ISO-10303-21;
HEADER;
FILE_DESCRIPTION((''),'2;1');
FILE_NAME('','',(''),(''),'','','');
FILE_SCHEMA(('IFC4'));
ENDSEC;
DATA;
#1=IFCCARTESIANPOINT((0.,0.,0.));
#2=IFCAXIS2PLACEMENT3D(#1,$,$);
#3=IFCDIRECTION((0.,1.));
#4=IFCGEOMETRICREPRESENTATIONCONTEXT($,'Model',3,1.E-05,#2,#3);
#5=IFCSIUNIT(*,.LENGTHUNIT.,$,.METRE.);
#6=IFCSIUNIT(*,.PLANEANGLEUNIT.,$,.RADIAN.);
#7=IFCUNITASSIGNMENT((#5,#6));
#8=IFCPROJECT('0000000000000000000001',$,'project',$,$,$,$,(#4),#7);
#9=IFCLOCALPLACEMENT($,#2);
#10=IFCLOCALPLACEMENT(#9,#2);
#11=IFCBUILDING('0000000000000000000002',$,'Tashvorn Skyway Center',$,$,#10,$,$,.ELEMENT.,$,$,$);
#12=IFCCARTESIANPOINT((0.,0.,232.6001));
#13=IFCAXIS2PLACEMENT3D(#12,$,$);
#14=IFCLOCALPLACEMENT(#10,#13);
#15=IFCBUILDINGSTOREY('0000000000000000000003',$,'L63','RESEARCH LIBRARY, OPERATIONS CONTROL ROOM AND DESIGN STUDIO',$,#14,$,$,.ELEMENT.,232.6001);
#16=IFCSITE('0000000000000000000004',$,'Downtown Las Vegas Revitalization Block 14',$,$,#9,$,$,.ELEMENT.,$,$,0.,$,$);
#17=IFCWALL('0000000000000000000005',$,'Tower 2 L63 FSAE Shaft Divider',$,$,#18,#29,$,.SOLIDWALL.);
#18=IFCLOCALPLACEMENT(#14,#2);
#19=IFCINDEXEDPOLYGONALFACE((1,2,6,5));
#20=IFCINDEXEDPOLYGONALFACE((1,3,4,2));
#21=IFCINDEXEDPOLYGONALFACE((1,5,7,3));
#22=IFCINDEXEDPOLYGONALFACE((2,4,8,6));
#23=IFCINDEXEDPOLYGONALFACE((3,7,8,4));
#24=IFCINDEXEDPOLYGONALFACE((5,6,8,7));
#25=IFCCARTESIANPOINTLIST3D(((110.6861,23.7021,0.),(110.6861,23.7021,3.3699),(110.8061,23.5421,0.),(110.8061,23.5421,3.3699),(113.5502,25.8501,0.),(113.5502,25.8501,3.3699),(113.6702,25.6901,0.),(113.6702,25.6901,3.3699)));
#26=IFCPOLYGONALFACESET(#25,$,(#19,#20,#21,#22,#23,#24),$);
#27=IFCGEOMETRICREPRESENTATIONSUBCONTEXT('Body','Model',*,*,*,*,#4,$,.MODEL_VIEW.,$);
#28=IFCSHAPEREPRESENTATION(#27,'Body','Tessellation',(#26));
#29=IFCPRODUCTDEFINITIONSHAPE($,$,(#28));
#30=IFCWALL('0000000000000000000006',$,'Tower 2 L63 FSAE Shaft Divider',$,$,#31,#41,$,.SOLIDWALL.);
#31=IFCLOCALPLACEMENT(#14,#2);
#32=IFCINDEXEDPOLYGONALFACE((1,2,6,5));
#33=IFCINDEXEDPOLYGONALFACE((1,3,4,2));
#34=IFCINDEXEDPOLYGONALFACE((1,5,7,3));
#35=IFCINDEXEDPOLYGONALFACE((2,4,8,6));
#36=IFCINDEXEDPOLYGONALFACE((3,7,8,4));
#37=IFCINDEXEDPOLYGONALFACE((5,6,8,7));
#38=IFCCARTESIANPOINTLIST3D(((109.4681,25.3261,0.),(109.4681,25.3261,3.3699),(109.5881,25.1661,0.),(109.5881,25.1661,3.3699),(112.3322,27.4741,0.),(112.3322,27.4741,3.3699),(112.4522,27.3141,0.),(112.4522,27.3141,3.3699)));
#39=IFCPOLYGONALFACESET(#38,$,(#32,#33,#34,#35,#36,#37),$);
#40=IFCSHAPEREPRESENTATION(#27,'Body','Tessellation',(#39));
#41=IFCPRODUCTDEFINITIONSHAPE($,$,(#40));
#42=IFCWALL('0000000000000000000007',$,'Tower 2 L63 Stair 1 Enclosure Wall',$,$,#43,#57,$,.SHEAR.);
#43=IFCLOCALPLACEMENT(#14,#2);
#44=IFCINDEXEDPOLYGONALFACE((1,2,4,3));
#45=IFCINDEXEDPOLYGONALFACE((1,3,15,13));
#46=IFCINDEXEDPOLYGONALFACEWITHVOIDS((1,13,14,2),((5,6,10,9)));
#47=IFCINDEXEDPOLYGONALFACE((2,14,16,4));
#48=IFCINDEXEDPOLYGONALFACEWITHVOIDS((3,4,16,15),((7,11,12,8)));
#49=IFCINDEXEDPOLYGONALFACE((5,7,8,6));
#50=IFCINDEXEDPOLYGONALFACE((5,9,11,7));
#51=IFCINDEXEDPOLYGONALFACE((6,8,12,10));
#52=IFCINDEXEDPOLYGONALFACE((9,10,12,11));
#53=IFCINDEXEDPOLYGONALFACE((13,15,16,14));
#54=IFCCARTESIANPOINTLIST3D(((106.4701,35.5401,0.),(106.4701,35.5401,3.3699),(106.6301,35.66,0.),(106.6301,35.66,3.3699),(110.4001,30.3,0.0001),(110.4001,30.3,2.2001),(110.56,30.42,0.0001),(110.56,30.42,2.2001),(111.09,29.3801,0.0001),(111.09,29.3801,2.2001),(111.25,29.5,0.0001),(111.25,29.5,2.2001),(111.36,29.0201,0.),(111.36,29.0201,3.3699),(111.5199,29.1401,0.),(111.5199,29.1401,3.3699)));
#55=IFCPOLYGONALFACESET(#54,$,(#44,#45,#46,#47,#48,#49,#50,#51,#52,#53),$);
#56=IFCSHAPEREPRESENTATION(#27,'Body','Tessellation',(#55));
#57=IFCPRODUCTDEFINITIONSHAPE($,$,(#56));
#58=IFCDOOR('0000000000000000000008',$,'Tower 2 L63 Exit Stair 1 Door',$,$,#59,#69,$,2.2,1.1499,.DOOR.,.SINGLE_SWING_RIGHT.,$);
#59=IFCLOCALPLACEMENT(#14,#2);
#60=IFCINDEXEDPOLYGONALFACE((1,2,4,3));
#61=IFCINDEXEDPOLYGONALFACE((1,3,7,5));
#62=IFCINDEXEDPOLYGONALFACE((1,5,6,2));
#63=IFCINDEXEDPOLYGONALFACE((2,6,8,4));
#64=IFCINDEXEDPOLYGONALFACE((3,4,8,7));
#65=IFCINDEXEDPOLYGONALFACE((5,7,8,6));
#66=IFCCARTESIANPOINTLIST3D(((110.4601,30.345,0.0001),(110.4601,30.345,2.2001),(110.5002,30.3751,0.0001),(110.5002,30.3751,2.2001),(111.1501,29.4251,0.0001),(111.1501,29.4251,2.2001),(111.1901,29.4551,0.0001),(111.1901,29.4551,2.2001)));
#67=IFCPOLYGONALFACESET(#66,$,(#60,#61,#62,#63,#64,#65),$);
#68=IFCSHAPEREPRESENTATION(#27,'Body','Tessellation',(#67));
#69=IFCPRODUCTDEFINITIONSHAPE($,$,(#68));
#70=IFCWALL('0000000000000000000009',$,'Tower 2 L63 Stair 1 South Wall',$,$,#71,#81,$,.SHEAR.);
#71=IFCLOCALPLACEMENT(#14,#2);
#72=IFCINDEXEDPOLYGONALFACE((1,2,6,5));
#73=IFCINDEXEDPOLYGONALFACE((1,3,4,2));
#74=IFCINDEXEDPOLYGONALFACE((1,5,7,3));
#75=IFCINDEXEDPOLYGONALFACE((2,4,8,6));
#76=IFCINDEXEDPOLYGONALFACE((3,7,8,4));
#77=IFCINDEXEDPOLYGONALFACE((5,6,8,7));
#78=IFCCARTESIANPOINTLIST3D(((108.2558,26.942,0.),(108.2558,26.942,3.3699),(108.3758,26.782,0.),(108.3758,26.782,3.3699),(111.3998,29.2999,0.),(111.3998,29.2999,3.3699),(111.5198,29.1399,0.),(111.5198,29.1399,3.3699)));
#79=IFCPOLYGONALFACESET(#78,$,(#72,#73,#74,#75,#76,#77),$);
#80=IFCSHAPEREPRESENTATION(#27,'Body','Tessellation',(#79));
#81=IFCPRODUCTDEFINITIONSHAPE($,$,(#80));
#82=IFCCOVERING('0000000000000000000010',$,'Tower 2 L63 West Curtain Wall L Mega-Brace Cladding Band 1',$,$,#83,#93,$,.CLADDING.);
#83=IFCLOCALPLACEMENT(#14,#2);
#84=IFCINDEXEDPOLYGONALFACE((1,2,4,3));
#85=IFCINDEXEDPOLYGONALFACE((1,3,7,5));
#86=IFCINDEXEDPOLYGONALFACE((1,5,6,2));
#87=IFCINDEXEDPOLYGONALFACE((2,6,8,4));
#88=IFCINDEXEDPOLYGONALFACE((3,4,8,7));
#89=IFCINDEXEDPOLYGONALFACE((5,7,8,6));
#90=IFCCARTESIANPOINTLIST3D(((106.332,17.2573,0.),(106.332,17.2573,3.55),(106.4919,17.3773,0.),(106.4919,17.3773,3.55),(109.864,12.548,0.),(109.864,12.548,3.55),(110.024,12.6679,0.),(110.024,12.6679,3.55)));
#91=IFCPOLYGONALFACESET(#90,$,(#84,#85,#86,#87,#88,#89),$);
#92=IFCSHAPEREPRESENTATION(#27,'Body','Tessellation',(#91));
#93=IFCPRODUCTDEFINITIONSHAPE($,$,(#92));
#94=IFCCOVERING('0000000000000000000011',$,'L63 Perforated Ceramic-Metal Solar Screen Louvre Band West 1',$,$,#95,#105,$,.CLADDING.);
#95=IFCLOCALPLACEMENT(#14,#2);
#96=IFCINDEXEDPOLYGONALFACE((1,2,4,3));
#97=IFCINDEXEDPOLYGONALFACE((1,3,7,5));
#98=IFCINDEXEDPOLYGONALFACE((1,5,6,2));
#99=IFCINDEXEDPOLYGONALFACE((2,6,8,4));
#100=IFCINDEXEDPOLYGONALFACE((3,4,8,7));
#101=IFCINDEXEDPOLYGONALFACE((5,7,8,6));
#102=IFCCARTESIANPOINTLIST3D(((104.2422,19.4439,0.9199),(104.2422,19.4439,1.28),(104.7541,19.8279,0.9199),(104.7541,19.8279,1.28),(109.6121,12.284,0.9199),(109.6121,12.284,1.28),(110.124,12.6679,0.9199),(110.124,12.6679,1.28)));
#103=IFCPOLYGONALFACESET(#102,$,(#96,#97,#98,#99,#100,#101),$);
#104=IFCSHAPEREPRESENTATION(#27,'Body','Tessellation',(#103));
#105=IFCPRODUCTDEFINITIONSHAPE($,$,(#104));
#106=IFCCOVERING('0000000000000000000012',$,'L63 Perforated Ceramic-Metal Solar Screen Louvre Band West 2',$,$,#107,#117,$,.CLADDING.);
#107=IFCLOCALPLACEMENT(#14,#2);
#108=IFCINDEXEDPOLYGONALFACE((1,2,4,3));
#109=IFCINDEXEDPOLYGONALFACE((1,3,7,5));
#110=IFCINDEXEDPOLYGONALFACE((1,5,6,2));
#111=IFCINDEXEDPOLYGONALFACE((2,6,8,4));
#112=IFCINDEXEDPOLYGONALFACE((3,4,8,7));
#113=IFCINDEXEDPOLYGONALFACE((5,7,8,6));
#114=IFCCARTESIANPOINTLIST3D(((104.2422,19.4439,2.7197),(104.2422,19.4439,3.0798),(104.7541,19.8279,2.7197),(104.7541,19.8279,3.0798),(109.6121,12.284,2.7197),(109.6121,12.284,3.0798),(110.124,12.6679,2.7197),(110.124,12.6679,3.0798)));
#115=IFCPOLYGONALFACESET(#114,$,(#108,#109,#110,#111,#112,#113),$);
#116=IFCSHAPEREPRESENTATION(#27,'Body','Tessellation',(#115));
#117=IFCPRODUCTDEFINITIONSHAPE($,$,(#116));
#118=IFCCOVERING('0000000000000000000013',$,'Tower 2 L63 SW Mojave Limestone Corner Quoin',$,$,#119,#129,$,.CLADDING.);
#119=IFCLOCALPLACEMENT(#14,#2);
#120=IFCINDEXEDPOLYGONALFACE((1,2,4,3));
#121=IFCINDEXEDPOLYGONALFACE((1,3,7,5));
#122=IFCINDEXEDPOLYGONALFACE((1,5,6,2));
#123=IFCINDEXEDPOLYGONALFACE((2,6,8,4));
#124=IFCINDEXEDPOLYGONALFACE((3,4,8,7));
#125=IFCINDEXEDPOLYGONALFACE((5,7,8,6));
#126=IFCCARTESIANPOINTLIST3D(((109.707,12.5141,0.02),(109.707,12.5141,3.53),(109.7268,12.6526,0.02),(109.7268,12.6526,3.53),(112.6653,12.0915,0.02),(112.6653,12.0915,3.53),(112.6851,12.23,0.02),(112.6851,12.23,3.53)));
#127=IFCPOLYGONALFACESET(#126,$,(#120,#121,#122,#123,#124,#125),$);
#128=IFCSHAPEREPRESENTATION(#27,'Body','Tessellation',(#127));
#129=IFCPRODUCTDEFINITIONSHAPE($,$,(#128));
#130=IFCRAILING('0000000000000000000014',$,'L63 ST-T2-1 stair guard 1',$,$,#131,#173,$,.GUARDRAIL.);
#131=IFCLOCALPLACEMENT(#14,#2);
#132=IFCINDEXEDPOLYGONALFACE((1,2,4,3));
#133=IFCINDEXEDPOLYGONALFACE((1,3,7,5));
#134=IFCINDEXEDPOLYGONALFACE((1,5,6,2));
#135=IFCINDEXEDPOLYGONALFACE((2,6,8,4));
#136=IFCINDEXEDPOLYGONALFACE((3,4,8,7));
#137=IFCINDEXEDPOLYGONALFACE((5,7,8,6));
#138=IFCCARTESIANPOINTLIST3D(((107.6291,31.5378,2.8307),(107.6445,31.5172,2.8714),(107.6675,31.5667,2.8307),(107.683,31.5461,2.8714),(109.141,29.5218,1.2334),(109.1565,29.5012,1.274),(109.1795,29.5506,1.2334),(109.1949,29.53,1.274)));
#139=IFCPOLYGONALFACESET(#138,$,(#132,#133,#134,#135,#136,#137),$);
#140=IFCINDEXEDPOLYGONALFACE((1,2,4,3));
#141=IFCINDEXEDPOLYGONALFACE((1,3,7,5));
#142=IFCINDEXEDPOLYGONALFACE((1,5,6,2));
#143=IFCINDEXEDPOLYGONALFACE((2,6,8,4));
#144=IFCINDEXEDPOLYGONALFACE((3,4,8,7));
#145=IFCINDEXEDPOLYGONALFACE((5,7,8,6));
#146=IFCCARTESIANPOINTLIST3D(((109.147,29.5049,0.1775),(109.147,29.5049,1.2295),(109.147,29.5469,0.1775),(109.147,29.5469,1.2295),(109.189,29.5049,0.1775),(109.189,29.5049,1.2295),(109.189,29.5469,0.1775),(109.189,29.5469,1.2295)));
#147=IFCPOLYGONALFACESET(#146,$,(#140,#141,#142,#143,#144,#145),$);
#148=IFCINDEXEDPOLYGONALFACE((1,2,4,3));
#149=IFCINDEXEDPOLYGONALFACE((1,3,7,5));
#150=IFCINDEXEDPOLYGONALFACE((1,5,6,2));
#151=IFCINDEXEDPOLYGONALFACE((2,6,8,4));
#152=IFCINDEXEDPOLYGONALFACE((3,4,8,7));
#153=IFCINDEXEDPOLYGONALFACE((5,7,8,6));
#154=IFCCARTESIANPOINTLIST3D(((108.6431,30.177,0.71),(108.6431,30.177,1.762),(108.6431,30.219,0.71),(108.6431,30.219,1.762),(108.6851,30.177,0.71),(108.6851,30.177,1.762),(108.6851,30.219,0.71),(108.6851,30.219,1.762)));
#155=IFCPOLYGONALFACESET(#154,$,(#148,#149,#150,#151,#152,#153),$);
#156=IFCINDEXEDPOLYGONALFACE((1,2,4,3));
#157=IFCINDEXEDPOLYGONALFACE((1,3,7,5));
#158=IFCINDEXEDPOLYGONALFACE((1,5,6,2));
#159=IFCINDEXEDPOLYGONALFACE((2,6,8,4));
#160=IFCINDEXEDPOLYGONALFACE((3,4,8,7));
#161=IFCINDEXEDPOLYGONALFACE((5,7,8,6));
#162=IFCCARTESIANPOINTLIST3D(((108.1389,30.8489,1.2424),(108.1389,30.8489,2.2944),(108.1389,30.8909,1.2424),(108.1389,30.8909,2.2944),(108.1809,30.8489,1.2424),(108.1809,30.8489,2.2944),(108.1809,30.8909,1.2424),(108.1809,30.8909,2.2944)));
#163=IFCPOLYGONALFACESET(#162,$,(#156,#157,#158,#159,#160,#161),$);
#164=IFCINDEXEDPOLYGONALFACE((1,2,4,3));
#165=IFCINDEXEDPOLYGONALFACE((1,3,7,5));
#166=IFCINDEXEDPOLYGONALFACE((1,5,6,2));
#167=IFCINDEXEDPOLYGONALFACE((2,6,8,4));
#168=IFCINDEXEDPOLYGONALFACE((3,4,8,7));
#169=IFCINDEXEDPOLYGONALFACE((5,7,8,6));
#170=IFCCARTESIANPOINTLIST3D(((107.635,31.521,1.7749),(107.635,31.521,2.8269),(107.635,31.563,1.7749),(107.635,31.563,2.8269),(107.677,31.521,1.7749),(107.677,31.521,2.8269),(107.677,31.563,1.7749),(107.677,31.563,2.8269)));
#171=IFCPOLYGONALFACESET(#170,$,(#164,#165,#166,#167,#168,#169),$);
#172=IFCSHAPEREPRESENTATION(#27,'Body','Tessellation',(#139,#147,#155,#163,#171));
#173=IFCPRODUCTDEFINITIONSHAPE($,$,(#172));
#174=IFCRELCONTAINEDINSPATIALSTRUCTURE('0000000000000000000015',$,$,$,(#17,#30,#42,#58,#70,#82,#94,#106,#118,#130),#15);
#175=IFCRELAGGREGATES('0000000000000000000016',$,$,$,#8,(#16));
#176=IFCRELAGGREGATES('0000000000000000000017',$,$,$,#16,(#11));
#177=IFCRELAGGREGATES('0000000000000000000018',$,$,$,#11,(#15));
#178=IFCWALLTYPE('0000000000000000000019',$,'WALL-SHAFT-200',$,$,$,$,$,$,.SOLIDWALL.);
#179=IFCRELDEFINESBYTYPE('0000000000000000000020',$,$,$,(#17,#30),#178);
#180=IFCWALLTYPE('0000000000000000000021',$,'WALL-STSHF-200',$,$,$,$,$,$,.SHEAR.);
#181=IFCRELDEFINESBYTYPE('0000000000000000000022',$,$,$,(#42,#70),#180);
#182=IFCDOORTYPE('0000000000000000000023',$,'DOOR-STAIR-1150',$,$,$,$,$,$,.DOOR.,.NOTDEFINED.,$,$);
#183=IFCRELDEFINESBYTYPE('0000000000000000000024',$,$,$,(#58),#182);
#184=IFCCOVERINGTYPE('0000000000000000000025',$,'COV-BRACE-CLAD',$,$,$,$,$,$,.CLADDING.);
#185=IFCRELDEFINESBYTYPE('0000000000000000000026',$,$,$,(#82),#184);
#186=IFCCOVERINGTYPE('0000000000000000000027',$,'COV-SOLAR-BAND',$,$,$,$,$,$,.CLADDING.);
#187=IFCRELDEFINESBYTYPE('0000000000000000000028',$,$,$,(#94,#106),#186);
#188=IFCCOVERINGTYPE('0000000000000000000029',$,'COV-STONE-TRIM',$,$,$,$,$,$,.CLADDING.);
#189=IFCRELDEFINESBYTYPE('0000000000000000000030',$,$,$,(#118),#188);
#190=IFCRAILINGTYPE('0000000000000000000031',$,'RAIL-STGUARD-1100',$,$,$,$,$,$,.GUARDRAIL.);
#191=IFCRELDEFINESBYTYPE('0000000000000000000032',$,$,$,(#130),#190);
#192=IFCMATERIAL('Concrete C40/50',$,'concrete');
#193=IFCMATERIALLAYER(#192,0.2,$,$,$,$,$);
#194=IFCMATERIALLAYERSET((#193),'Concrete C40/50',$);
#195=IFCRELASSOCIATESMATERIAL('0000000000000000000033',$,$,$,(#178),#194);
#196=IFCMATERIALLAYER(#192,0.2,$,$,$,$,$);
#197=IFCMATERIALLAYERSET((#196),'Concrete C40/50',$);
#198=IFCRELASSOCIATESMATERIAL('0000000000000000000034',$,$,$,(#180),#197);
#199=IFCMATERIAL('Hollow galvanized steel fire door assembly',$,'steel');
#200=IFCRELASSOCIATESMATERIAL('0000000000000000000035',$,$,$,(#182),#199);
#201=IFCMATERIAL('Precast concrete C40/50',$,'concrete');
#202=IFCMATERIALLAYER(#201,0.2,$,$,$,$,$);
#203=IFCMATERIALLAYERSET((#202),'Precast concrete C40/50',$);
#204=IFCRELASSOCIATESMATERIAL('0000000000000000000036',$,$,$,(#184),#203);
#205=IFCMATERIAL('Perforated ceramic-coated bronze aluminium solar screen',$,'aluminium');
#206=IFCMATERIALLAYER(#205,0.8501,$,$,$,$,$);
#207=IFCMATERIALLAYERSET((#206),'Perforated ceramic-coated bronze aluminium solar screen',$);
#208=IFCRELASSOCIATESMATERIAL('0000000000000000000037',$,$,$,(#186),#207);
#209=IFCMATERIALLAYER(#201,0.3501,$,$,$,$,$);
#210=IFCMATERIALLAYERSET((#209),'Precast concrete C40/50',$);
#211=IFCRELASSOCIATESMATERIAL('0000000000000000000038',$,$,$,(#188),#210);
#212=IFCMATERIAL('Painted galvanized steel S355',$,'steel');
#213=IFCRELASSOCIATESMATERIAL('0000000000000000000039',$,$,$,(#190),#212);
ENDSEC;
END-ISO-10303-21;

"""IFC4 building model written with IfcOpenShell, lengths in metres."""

from ifc_helpers import new_model, si_unit, direction, frame, frame_2d, origin, origin_2d, place, context, subcontext, project, spatial, rectangle, extrude, material, layer, layer_set, type_object, element, fill, save


model = new_model("IFC4")

# Units and contexts
model_context = context("Model", 3, precision=1e-05, world=origin(), true_north=direction((0.0, 1.0)))
body_context = subcontext(model_context, "Body", "Model", "MODEL_VIEW")
ifc_project = project(units=[si_unit("LENGTHUNIT", "METRE"), si_unit("PLANEANGLEUNIT", "RADIAN")], contexts=[model_context])

# Site, building, storey
site_placement = place(None, origin())
site = spatial("IfcSite", under=ifc_project, at=site_placement, Name="Downtown Las Vegas Revitalization Block 14", CompositionType="ELEMENT", RefElevation=0.0)
building_placement = place(site_placement, origin())
building = spatial("IfcBuilding", under=site, at=building_placement, Name="Tashvorn Skyway Center", CompositionType="ELEMENT")
storey_placement = place(building_placement, frame((0.0, 0.0, 232.6001)))
storey = spatial("IfcBuildingStorey", under=building, at=storey_placement, Name="L63", Description="RESEARCH LIBRARY, OPERATIONS CONTROL ROOM AND DESIGN STUDIO", CompositionType="ELEMENT", Elevation=232.6001)

# Walls
ifc_material_1 = material(Name="Concrete C40/50", Category="concrete")
ifc_layer_1 = layer(ifc_material_1, 0.2)
ifc_layer_set_1 = layer_set([ifc_layer_1], Name="Concrete C40/50")
wall_type_1 = type_object("IfcWallType", Name="WALL-SHAFT-200", PredefinedType="SOLIDWALL", material=ifc_layer_set_1)
for number, where, z_axis, x_axis, name in (
    (1, (110.7461, 23.6221, 0.0), (0.0, 0.0, 1.0), (0.800008, 0.599989, 0.0), "Tower 2 L63 FSAE Shaft Divider"),
    (2, (109.5281, 25.2461, 0.0), (0.0, 0.0, 1.0), (0.800008, 0.599989, 0.0), "Tower 2 L63 FSAE Shaft Divider"),
):
    element("IfcWall", number, at=place(storey_placement, frame(where, z_axis=z_axis, x_axis=x_axis)), inside=storey, type_object=wall_type_1, Name=name, PredefinedType="SOLIDWALL", context=body_context, shape_type="SweptSolid", body=[
        extrude(rectangle(XDim=3.5801, YDim=0.2, at=frame_2d((1.79, 0.0))), origin(), (0.0, 0.0, 1.0), 3.3699),
    ])

# Wall, opening, door
ifc_layer_2 = layer(ifc_material_1, 0.2)
ifc_layer_set_2 = layer_set([ifc_layer_2], Name="Concrete C40/50")
wall_type_2 = type_object("IfcWallType", Name="WALL-STSHF-200", PredefinedType="SHEAR", material=ifc_layer_set_2)
wall_1_placement = place(storey_placement, frame((111.4399, 29.0801, 0.0), z_axis=(0.0, 0.0, 1.0), x_axis=(-0.59999, 0.800007, 0.0)))
wall_1 = element("IfcWall", 3, at=wall_1_placement, inside=storey, type_object=wall_type_2, Name="Tower 2 L63 Stair 1 Enclosure Wall", PredefinedType="SHEAR", context=body_context, shape_type="SweptSolid", body=[
    extrude(rectangle(XDim=8.1499, YDim=0.2, at=frame_2d((4.075, 0.0))), origin(), (0.0, 0.0, 1.0), 3.3699),
])
opening_1_placement = place(wall_1_placement, frame((0.45, 0.0, 0.0)))
opening_1 = element("IfcOpeningElement", 4, at=opening_1_placement, cuts=wall_1, PredefinedType="OPENING", context=body_context, shape_type="SweptSolid", body=[
    extrude(rectangle(XDim=1.1499, YDim=2.2, at=frame_2d((0.575, 1.1001))), frame((0.0, 0.1099, 0.0), z_axis=(0.0, -1.0, 0.0), x_axis=(1.0, 0.0, 0.0)), (0.0, 0.0, 1.0), 0.22),
])
ifc_material_2 = material(Name="Hollow galvanized steel fire door assembly", Category="steel")
door_type_1 = type_object("IfcDoorType", Name="DOOR-STAIR-1150", OperationType="NOTDEFINED", PredefinedType="DOOR", material=ifc_material_2)
door_1_placement = place(opening_1_placement, origin())
door_1 = element("IfcDoor", 5, at=door_1_placement, inside=storey, type_object=door_type_1, Name="Tower 2 L63 Exit Stair 1 Door", OperationType="SINGLE_SWING_RIGHT", OverallHeight=2.2, OverallWidth=1.1499, PredefinedType="DOOR", context=body_context, shape_type="SweptSolid", body=[
    extrude(rectangle(XDim=1.1499, YDim=2.2, at=frame_2d((0.575, 1.1001))), frame((0.0, 0.0249, 0.0), z_axis=(0.0, -1.0, 0.0), x_axis=(1.0, 0.0, 0.0)), (0.0, 0.0, 1.0), 0.05),
])
fill(opening_1, door_1)

# Wall
wall_2_placement = place(storey_placement, frame((108.3159, 26.8621, 0.0), z_axis=(0.0, 0.0, 1.0), x_axis=(0.800015, 0.59998, 0.0)))
element("IfcWall", 6, at=wall_2_placement, inside=storey, type_object=wall_type_2, Name="Tower 2 L63 Stair 1 South Wall", PredefinedType="SHEAR", context=body_context, shape_type="SweptSolid", body=[
    extrude(rectangle(XDim=3.9299, YDim=0.2, at=frame_2d((1.9648, 0.0))), origin(), (0.0, 0.0, 1.0), 3.3699),
])

# Coverings
ifc_material_3 = material(Name="Precast concrete C40/50", Category="concrete")
ifc_layer_3 = layer(ifc_material_3, 0.2)
ifc_layer_set_3 = layer_set([ifc_layer_3], Name="Precast concrete C40/50")
covering_type_1 = type_object("IfcCoveringType", Name="COV-BRACE-CLAD", PredefinedType="CLADDING", material=ifc_layer_set_3)
covering_1_placement = place(storey_placement, frame((108.178, 14.9626, 0.0), z_axis=(0.0, 0.0, 1.0), x_axis=(-0.6, 0.8, 0.0)))
element("IfcCovering", 7, at=covering_1_placement, inside=storey, type_object=covering_type_1, Name="Tower 2 L63 West Curtain Wall L Mega-Brace Cladding Band 1", PredefinedType="CLADDING", context=body_context, shape_type="SweptSolid", body=[
    extrude(rectangle(XDim=5.8867, YDim=0.2, at=origin_2d()), origin(), (0.0, 0.0, 1.0), 3.55),
])
ifc_material_4 = material(Name="Perforated ceramic-coated bronze aluminium solar screen", Category="aluminium")
ifc_layer_4 = layer(ifc_material_4, 0.8501)
ifc_layer_set_4 = layer_set([ifc_layer_4], Name="Perforated ceramic-coated bronze aluminium solar screen")
covering_type_2 = type_object("IfcCoveringType", Name="COV-SOLAR-BAND", PredefinedType="CLADDING", material=ifc_layer_set_4)
for number, where, z_axis, x_axis, name in (
    (8, (107.1831, 16.0559, 0.9199), (0.0, 0.0, 1.0), (-0.6, 0.8, 0.0), "L63 Perforated Ceramic-Metal Solar Screen Louvre Band West 1"),
    (9, (107.1831, 16.0559, 2.7197), (0.0, 0.0, 1.0), (-0.6, 0.8, 0.0), "L63 Perforated Ceramic-Metal Solar Screen Louvre Band West 2"),
):
    element("IfcCovering", number, at=place(storey_placement, frame(where, z_axis=z_axis, x_axis=x_axis)), inside=storey, type_object=covering_type_2, Name=name, PredefinedType="CLADDING", context=body_context, shape_type="SweptSolid", body=[
        extrude(rectangle(XDim=8.95, YDim=0.6399, at=origin_2d()), origin(), (0.0, 0.0, 1.0), 0.3601),
    ])
ifc_layer_5 = layer(ifc_material_3, 0.3501)
ifc_layer_set_5 = layer_set([ifc_layer_5], Name="Precast concrete C40/50")
covering_type_3 = type_object("IfcCoveringType", Name="COV-STONE-TRIM", PredefinedType="CLADDING", material=ifc_layer_set_5)
covering_2_placement = place(storey_placement, frame((111.196, 12.3721, 0.02), z_axis=(0.0, 0.0, 1.0), x_axis=(-0.989949, 0.141421, 0.0)))
element("IfcCovering", 10, at=covering_2_placement, inside=storey, type_object=covering_type_3, Name="Tower 2 L63 SW Mojave Limestone Corner Quoin", PredefinedType="CLADDING", context=body_context, shape_type="SweptSolid", body=[
    extrude(rectangle(XDim=2.9883, YDim=0.1399, at=origin_2d()), origin(), (0.0, 0.0, 1.0), 3.51),
])

# Railing
ifc_material_5 = material(Name="Painted galvanized steel S355", Category="steel")
railing_type = type_object("IfcRailingType", Name="RAIL-STGUARD-1100", PredefinedType="GUARDRAIL", material=ifc_material_5)
railing_1_placement = place(storey_placement, frame((109.168, 29.5259, 0.1775)))
element("IfcRailing", 11, at=railing_1_placement, inside=storey, type_object=railing_type, Name="L63 ST-T2-1 stair guard 1", PredefinedType="GUARDRAIL", context=body_context, shape_type="SweptSolid", body=[
    extrude(rectangle(XDim=0.0481, YDim=0.0481, at=origin_2d()), frame((0.0, 0.0, 1.0762), z_axis=(-0.506741, 0.675709, 0.535379), x_axis=(-0.800023, -0.599969, 0.0)), (0.0, 0.0, 1.0), 2.9836),
    extrude(rectangle(XDim=0.042, YDim=0.042, at=origin_2d()), origin(), (0.0, 0.0, 1.0), 1.052),
    extrude(rectangle(XDim=0.042, YDim=0.042, at=origin_2d()), frame((-0.5039, 0.6721, 0.5325)), (0.0, 0.0, 1.0), 1.052),
    extrude(rectangle(XDim=0.042, YDim=0.042, at=origin_2d()), frame((-1.0081, 1.344, 1.0649)), (0.0, 0.0, 1.0), 1.052),
    extrude(rectangle(XDim=0.042, YDim=0.042, at=origin_2d()), frame((-1.512, 2.0161, 1.5974)), (0.0, 0.0, 1.0), 1.052),
])

save(model, "model.ifc")
